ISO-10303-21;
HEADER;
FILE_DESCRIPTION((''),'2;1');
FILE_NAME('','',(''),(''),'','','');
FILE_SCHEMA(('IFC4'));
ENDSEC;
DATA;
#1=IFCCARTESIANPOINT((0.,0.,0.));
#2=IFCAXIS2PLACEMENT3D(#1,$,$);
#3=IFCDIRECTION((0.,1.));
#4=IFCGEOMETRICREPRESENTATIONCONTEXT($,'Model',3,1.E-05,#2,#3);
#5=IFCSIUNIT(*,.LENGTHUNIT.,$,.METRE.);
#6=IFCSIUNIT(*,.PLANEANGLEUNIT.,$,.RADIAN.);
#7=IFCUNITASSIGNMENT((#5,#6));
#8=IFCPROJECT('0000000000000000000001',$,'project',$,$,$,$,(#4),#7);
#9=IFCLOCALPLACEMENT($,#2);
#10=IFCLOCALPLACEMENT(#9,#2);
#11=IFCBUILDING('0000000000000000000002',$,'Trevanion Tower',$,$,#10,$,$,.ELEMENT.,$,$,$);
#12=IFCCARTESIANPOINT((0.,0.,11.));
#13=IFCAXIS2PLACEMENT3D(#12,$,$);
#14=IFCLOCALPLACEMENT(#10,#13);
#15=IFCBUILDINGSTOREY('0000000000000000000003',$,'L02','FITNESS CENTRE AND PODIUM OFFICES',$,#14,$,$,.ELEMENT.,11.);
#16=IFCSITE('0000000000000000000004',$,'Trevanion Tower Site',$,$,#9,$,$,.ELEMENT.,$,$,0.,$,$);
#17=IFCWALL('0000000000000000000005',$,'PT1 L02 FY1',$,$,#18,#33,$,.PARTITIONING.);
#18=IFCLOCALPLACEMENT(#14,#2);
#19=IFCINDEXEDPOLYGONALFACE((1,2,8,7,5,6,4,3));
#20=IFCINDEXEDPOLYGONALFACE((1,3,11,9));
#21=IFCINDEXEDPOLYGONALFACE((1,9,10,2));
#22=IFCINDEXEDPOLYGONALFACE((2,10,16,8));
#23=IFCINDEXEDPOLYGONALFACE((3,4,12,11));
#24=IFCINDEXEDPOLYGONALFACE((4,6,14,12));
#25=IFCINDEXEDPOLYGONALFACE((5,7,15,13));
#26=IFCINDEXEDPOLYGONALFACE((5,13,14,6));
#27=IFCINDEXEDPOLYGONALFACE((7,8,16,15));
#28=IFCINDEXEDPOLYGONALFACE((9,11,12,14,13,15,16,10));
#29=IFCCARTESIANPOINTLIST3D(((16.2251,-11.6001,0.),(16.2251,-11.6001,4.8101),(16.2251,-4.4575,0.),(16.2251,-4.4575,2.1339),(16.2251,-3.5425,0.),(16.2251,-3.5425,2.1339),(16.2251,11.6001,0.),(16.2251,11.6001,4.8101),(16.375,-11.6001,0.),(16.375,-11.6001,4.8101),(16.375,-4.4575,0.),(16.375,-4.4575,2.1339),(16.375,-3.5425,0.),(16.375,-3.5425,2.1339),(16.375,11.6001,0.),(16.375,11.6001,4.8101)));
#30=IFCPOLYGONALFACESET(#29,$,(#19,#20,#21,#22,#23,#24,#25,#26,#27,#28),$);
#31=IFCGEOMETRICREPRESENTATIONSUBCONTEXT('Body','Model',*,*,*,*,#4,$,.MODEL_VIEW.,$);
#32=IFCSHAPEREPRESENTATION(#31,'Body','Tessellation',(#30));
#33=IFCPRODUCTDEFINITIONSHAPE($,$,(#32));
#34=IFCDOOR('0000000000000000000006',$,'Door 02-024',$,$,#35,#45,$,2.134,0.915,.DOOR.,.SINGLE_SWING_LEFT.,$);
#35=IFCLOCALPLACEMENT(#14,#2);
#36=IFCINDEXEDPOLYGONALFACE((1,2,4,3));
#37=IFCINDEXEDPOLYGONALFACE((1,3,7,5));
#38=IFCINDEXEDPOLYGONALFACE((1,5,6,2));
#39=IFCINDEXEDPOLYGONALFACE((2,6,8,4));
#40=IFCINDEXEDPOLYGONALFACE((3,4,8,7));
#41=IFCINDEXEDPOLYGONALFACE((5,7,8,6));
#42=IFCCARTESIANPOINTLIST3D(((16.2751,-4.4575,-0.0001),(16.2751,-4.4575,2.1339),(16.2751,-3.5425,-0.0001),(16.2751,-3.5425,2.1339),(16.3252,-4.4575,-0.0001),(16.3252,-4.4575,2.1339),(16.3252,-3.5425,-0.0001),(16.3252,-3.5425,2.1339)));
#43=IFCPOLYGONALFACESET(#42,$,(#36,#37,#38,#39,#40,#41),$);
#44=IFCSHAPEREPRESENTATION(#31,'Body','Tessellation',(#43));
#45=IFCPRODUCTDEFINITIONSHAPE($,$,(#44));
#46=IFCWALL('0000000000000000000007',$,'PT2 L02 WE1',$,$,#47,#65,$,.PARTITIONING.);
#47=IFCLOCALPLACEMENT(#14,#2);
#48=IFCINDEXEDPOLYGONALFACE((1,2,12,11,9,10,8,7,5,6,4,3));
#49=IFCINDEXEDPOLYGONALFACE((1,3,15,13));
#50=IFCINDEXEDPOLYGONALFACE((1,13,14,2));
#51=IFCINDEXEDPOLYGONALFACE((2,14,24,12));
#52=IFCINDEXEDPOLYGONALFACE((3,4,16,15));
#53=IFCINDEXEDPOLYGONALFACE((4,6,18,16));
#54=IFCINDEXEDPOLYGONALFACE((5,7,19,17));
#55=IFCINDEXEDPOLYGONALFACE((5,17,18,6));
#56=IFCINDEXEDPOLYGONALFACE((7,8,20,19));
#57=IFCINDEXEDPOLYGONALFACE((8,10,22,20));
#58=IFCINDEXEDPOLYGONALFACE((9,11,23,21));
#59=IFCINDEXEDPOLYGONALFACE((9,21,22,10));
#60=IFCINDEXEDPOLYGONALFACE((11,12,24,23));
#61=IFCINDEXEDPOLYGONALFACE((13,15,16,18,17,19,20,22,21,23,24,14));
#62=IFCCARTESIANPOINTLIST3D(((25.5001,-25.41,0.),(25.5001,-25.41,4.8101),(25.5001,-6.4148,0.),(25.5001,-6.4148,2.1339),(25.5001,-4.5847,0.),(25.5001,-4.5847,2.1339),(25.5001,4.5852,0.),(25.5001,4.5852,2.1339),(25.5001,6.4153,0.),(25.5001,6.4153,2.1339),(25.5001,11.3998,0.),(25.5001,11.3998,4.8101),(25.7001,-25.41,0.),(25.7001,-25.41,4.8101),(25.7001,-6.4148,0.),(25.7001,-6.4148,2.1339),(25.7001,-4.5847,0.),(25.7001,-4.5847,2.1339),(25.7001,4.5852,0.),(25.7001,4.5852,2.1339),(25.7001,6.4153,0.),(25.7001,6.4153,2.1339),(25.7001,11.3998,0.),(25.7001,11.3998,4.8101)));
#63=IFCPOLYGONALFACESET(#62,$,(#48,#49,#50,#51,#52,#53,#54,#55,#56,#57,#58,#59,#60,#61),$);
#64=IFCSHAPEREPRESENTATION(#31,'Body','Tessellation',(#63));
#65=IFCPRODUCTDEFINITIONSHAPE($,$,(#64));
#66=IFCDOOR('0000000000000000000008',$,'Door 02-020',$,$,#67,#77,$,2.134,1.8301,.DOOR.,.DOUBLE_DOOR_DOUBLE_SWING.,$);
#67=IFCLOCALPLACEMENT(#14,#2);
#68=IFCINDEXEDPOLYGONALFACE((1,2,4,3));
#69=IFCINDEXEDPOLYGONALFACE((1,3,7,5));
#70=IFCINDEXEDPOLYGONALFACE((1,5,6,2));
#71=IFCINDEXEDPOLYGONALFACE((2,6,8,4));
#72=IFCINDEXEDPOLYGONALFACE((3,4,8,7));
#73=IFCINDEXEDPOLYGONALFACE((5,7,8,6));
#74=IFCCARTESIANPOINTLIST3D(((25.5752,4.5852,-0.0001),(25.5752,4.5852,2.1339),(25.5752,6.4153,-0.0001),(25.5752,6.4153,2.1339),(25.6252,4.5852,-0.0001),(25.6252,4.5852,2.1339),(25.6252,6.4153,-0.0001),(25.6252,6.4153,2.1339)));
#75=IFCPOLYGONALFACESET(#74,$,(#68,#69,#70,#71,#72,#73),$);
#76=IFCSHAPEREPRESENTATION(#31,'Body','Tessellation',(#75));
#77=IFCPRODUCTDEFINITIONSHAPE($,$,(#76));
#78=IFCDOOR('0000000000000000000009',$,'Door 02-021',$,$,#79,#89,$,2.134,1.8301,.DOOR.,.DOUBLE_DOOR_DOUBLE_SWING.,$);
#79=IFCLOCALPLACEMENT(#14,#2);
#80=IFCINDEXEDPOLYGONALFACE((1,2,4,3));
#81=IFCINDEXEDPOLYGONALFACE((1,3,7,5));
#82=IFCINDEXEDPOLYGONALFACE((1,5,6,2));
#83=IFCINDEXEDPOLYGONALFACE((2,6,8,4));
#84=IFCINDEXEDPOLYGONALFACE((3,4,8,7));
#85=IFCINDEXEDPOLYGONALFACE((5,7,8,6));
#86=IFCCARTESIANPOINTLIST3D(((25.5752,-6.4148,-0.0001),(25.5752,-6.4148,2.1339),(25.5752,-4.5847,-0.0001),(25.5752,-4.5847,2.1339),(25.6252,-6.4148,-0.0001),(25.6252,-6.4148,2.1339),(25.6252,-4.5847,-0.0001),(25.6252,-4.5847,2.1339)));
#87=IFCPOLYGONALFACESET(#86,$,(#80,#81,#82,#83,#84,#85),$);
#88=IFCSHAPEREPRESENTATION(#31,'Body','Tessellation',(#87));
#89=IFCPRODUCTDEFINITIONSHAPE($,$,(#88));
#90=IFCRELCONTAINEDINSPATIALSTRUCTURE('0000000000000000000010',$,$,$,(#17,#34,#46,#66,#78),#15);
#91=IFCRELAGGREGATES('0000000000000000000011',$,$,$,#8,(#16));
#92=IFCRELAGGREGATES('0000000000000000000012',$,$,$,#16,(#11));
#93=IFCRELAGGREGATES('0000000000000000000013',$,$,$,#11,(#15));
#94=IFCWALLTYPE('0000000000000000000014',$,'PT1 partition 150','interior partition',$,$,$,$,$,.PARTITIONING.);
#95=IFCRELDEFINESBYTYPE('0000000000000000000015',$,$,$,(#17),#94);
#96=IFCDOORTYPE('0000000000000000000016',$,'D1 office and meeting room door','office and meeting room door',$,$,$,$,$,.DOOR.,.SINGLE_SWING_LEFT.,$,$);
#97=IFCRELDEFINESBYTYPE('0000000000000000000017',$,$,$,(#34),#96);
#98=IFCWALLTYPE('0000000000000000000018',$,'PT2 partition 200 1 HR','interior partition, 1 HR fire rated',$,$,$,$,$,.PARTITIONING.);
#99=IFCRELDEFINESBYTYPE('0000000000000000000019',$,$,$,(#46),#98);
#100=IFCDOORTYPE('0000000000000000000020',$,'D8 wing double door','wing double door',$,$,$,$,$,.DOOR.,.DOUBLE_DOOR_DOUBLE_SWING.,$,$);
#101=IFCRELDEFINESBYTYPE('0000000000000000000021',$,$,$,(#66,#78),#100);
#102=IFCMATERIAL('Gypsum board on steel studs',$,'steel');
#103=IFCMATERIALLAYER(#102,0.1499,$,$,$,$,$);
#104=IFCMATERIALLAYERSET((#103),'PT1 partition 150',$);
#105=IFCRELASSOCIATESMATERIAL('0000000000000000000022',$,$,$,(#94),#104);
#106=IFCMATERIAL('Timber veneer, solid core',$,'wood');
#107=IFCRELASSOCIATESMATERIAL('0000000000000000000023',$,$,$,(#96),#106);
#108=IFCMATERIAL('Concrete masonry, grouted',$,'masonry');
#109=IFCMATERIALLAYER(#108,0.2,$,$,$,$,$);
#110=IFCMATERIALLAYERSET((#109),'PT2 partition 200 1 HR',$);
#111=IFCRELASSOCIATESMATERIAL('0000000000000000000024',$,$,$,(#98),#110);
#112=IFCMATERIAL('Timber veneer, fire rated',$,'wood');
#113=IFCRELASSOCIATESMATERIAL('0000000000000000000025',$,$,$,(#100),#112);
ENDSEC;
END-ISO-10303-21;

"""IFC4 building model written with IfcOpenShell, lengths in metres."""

from ifc_helpers import new_model, si_unit, direction, frame, frame_2d, origin, place, context, subcontext, project, spatial, rectangle, extrude, material, layer, layer_set, type_object, element, fill, save


model = new_model("IFC4")

# Units and contexts
model_context = context("Model", 3, precision=1e-05, world=origin(), true_north=direction((0.0, 1.0)))
body_context = subcontext(model_context, "Body", "Model", "MODEL_VIEW")
ifc_project = project(units=[si_unit("LENGTHUNIT", "METRE"), si_unit("PLANEANGLEUNIT", "RADIAN")], contexts=[model_context])

# Site, building, storey
site_placement = place(None, origin())
site = spatial("IfcSite", under=ifc_project, at=site_placement, Name="Trevanion Tower Site", CompositionType="ELEMENT", RefElevation=0.0)
building_placement = place(site_placement, origin())
building = spatial("IfcBuilding", under=site, at=building_placement, Name="Trevanion Tower", CompositionType="ELEMENT")
storey_placement = place(building_placement, frame((0.0, 0.0, 11.0)))
storey = spatial("IfcBuildingStorey", under=building, at=storey_placement, Name="L02", Description="FITNESS CENTRE AND PODIUM OFFICES", CompositionType="ELEMENT", Elevation=11.0)

# Wall, opening, door
ifc_material_1 = material(Name="Gypsum board on steel studs", Category="steel")
ifc_layer_1 = layer(ifc_material_1, 0.1499)
ifc_layer_set_1 = layer_set([ifc_layer_1], Name="PT1 partition 150")
wall_type_1 = type_object("IfcWallType", Name="PT1 partition 150", Description="interior partition", PredefinedType="PARTITIONING", material=ifc_layer_set_1)
wall_1_placement = place(storey_placement, frame((16.3, -11.6001, 0.0), z_axis=(0.0, 0.0, 1.0), x_axis=(0.0, 1.0, 0.0)))
wall_1 = element("IfcWall", 1, at=wall_1_placement, inside=storey, type_object=wall_type_1, Name="PT1 L02 FY1", PredefinedType="PARTITIONING", context=body_context, shape_type="SweptSolid", body=[
    extrude(rectangle(XDim=23.2002, YDim=0.1499, at=frame_2d((11.6001, 0.0))), origin(), (0.0, 0.0, 1.0), 4.8101),
])
opening_1_placement = place(wall_1_placement, frame((7.1426, 0.0, 0.0)))
opening_1 = element("IfcOpeningElement", 2, at=opening_1_placement, cuts=wall_1, PredefinedType="OPENING", context=body_context, shape_type="SweptSolid", body=[
    extrude(rectangle(XDim=0.915, YDim=2.134, at=frame_2d((0.4575, 1.0669))), frame((0.0, 0.085, 0.0), z_axis=(0.0, -1.0, 0.0), x_axis=(1.0, 0.0, 0.0)), (0.0, 0.0, 1.0), 0.1699),
])
ifc_material_2 = material(Name="Timber veneer, solid core", Category="wood")
door_type_1 = type_object("IfcDoorType", Name="D1 office and meeting room door", Description="office and meeting room door", OperationType="SINGLE_SWING_LEFT", PredefinedType="DOOR", material=ifc_material_2)
door_1_placement = place(opening_1_placement, origin())
door_1 = element("IfcDoor", 3, at=door_1_placement, inside=storey, type_object=door_type_1, Name="Door 02-024", OperationType="SINGLE_SWING_LEFT", OverallHeight=2.134, OverallWidth=0.915, PredefinedType="DOOR", context=body_context, shape_type="SweptSolid", body=[
    extrude(rectangle(XDim=0.915, YDim=2.134, at=frame_2d((0.4575, 1.0669))), frame((0.0, 0.0249, 0.0), z_axis=(0.0, -1.0, 0.0), x_axis=(1.0, 0.0, 0.0)), (0.0, 0.0, 1.0), 0.05),
])
fill(opening_1, door_1)

# Wall, openings, doors
ifc_material_3 = material(Name="Concrete masonry, grouted", Category="masonry")
ifc_layer_2 = layer(ifc_material_3, 0.2)
ifc_layer_set_2 = layer_set([ifc_layer_2], Name="PT2 partition 200 1 HR")
wall_type_2 = type_object("IfcWallType", Name="PT2 partition 200 1 HR", Description="interior partition, 1 HR fire rated", PredefinedType="PARTITIONING", material=ifc_layer_set_2)
wall_2_placement = place(storey_placement, frame((25.6001, -25.4099, 0.0), z_axis=(0.0, 0.0, 1.0), x_axis=(0.0, 1.0, 0.0)))
wall_2 = element("IfcWall", 4, at=wall_2_placement, inside=storey, type_object=wall_type_2, Name="PT2 L02 WE1", PredefinedType="PARTITIONING", context=body_context, shape_type="SweptSolid", body=[
    extrude(rectangle(XDim=36.8098, YDim=0.2, at=frame_2d((18.4048, 0.0))), origin(), (0.0, 0.0, 1.0), 4.8101),
])
opening_2_placement = place(wall_2_placement, frame((29.9951, 0.0, 0.0)))
opening_2 = element("IfcOpeningElement", 5, at=opening_2_placement, cuts=wall_2, PredefinedType="OPENING", context=body_context, shape_type="SweptSolid", body=[
    extrude(rectangle(XDim=1.8301, YDim=2.134, at=frame_2d((0.915, 1.0669))), frame((0.0, 0.1099, 0.0), z_axis=(0.0, -1.0, 0.0), x_axis=(1.0, 0.0, 0.0)), (0.0, 0.0, 1.0), 0.22),
])
opening_3_placement = place(wall_2_placement, frame((18.9951, 0.0, 0.0)))
opening_3 = element("IfcOpeningElement", 6, at=opening_3_placement, cuts=wall_2, PredefinedType="OPENING", context=body_context, shape_type="SweptSolid", body=[
    extrude(rectangle(XDim=1.8301, YDim=2.134, at=frame_2d((0.915, 1.0669))), frame((0.0, 0.1099, 0.0), z_axis=(0.0, -1.0, 0.0), x_axis=(1.0, 0.0, 0.0)), (0.0, 0.0, 1.0), 0.22),
])
ifc_material_4 = material(Name="Timber veneer, fire rated", Category="wood")
door_type_2 = type_object("IfcDoorType", Name="D8 wing double door", Description="wing double door", OperationType="DOUBLE_DOOR_DOUBLE_SWING", PredefinedType="DOOR", material=ifc_material_4)
door_2_placement = place(opening_2_placement, origin())
door_2 = element("IfcDoor", 7, at=door_2_placement, inside=storey, type_object=door_type_2, Name="Door 02-020", OperationType="DOUBLE_DOOR_DOUBLE_SWING", OverallHeight=2.134, OverallWidth=1.8301, PredefinedType="DOOR", context=body_context, shape_type="SweptSolid", body=[
    extrude(rectangle(XDim=1.8301, YDim=2.134, at=frame_2d((0.915, 1.0669))), frame((0.0, 0.0249, 0.0), z_axis=(0.0, -1.0, 0.0), x_axis=(1.0, 0.0, 0.0)), (0.0, 0.0, 1.0), 0.05),
])
fill(opening_2, door_2)
door_3_placement = place(opening_3_placement, origin())
door_3 = element("IfcDoor", 8, at=door_3_placement, inside=storey, type_object=door_type_2, Name="Door 02-021", OperationType="DOUBLE_DOOR_DOUBLE_SWING", OverallHeight=2.134, OverallWidth=1.8301, PredefinedType="DOOR", context=body_context, shape_type="SweptSolid", body=[
    extrude(rectangle(XDim=1.8301, YDim=2.134, at=frame_2d((0.915, 1.0669))), frame((0.0, 0.0249, 0.0), z_axis=(0.0, -1.0, 0.0), x_axis=(1.0, 0.0, 0.0)), (0.0, 0.0, 1.0), 0.05),
])
fill(opening_3, door_3)

save(model, "model.ifc")
